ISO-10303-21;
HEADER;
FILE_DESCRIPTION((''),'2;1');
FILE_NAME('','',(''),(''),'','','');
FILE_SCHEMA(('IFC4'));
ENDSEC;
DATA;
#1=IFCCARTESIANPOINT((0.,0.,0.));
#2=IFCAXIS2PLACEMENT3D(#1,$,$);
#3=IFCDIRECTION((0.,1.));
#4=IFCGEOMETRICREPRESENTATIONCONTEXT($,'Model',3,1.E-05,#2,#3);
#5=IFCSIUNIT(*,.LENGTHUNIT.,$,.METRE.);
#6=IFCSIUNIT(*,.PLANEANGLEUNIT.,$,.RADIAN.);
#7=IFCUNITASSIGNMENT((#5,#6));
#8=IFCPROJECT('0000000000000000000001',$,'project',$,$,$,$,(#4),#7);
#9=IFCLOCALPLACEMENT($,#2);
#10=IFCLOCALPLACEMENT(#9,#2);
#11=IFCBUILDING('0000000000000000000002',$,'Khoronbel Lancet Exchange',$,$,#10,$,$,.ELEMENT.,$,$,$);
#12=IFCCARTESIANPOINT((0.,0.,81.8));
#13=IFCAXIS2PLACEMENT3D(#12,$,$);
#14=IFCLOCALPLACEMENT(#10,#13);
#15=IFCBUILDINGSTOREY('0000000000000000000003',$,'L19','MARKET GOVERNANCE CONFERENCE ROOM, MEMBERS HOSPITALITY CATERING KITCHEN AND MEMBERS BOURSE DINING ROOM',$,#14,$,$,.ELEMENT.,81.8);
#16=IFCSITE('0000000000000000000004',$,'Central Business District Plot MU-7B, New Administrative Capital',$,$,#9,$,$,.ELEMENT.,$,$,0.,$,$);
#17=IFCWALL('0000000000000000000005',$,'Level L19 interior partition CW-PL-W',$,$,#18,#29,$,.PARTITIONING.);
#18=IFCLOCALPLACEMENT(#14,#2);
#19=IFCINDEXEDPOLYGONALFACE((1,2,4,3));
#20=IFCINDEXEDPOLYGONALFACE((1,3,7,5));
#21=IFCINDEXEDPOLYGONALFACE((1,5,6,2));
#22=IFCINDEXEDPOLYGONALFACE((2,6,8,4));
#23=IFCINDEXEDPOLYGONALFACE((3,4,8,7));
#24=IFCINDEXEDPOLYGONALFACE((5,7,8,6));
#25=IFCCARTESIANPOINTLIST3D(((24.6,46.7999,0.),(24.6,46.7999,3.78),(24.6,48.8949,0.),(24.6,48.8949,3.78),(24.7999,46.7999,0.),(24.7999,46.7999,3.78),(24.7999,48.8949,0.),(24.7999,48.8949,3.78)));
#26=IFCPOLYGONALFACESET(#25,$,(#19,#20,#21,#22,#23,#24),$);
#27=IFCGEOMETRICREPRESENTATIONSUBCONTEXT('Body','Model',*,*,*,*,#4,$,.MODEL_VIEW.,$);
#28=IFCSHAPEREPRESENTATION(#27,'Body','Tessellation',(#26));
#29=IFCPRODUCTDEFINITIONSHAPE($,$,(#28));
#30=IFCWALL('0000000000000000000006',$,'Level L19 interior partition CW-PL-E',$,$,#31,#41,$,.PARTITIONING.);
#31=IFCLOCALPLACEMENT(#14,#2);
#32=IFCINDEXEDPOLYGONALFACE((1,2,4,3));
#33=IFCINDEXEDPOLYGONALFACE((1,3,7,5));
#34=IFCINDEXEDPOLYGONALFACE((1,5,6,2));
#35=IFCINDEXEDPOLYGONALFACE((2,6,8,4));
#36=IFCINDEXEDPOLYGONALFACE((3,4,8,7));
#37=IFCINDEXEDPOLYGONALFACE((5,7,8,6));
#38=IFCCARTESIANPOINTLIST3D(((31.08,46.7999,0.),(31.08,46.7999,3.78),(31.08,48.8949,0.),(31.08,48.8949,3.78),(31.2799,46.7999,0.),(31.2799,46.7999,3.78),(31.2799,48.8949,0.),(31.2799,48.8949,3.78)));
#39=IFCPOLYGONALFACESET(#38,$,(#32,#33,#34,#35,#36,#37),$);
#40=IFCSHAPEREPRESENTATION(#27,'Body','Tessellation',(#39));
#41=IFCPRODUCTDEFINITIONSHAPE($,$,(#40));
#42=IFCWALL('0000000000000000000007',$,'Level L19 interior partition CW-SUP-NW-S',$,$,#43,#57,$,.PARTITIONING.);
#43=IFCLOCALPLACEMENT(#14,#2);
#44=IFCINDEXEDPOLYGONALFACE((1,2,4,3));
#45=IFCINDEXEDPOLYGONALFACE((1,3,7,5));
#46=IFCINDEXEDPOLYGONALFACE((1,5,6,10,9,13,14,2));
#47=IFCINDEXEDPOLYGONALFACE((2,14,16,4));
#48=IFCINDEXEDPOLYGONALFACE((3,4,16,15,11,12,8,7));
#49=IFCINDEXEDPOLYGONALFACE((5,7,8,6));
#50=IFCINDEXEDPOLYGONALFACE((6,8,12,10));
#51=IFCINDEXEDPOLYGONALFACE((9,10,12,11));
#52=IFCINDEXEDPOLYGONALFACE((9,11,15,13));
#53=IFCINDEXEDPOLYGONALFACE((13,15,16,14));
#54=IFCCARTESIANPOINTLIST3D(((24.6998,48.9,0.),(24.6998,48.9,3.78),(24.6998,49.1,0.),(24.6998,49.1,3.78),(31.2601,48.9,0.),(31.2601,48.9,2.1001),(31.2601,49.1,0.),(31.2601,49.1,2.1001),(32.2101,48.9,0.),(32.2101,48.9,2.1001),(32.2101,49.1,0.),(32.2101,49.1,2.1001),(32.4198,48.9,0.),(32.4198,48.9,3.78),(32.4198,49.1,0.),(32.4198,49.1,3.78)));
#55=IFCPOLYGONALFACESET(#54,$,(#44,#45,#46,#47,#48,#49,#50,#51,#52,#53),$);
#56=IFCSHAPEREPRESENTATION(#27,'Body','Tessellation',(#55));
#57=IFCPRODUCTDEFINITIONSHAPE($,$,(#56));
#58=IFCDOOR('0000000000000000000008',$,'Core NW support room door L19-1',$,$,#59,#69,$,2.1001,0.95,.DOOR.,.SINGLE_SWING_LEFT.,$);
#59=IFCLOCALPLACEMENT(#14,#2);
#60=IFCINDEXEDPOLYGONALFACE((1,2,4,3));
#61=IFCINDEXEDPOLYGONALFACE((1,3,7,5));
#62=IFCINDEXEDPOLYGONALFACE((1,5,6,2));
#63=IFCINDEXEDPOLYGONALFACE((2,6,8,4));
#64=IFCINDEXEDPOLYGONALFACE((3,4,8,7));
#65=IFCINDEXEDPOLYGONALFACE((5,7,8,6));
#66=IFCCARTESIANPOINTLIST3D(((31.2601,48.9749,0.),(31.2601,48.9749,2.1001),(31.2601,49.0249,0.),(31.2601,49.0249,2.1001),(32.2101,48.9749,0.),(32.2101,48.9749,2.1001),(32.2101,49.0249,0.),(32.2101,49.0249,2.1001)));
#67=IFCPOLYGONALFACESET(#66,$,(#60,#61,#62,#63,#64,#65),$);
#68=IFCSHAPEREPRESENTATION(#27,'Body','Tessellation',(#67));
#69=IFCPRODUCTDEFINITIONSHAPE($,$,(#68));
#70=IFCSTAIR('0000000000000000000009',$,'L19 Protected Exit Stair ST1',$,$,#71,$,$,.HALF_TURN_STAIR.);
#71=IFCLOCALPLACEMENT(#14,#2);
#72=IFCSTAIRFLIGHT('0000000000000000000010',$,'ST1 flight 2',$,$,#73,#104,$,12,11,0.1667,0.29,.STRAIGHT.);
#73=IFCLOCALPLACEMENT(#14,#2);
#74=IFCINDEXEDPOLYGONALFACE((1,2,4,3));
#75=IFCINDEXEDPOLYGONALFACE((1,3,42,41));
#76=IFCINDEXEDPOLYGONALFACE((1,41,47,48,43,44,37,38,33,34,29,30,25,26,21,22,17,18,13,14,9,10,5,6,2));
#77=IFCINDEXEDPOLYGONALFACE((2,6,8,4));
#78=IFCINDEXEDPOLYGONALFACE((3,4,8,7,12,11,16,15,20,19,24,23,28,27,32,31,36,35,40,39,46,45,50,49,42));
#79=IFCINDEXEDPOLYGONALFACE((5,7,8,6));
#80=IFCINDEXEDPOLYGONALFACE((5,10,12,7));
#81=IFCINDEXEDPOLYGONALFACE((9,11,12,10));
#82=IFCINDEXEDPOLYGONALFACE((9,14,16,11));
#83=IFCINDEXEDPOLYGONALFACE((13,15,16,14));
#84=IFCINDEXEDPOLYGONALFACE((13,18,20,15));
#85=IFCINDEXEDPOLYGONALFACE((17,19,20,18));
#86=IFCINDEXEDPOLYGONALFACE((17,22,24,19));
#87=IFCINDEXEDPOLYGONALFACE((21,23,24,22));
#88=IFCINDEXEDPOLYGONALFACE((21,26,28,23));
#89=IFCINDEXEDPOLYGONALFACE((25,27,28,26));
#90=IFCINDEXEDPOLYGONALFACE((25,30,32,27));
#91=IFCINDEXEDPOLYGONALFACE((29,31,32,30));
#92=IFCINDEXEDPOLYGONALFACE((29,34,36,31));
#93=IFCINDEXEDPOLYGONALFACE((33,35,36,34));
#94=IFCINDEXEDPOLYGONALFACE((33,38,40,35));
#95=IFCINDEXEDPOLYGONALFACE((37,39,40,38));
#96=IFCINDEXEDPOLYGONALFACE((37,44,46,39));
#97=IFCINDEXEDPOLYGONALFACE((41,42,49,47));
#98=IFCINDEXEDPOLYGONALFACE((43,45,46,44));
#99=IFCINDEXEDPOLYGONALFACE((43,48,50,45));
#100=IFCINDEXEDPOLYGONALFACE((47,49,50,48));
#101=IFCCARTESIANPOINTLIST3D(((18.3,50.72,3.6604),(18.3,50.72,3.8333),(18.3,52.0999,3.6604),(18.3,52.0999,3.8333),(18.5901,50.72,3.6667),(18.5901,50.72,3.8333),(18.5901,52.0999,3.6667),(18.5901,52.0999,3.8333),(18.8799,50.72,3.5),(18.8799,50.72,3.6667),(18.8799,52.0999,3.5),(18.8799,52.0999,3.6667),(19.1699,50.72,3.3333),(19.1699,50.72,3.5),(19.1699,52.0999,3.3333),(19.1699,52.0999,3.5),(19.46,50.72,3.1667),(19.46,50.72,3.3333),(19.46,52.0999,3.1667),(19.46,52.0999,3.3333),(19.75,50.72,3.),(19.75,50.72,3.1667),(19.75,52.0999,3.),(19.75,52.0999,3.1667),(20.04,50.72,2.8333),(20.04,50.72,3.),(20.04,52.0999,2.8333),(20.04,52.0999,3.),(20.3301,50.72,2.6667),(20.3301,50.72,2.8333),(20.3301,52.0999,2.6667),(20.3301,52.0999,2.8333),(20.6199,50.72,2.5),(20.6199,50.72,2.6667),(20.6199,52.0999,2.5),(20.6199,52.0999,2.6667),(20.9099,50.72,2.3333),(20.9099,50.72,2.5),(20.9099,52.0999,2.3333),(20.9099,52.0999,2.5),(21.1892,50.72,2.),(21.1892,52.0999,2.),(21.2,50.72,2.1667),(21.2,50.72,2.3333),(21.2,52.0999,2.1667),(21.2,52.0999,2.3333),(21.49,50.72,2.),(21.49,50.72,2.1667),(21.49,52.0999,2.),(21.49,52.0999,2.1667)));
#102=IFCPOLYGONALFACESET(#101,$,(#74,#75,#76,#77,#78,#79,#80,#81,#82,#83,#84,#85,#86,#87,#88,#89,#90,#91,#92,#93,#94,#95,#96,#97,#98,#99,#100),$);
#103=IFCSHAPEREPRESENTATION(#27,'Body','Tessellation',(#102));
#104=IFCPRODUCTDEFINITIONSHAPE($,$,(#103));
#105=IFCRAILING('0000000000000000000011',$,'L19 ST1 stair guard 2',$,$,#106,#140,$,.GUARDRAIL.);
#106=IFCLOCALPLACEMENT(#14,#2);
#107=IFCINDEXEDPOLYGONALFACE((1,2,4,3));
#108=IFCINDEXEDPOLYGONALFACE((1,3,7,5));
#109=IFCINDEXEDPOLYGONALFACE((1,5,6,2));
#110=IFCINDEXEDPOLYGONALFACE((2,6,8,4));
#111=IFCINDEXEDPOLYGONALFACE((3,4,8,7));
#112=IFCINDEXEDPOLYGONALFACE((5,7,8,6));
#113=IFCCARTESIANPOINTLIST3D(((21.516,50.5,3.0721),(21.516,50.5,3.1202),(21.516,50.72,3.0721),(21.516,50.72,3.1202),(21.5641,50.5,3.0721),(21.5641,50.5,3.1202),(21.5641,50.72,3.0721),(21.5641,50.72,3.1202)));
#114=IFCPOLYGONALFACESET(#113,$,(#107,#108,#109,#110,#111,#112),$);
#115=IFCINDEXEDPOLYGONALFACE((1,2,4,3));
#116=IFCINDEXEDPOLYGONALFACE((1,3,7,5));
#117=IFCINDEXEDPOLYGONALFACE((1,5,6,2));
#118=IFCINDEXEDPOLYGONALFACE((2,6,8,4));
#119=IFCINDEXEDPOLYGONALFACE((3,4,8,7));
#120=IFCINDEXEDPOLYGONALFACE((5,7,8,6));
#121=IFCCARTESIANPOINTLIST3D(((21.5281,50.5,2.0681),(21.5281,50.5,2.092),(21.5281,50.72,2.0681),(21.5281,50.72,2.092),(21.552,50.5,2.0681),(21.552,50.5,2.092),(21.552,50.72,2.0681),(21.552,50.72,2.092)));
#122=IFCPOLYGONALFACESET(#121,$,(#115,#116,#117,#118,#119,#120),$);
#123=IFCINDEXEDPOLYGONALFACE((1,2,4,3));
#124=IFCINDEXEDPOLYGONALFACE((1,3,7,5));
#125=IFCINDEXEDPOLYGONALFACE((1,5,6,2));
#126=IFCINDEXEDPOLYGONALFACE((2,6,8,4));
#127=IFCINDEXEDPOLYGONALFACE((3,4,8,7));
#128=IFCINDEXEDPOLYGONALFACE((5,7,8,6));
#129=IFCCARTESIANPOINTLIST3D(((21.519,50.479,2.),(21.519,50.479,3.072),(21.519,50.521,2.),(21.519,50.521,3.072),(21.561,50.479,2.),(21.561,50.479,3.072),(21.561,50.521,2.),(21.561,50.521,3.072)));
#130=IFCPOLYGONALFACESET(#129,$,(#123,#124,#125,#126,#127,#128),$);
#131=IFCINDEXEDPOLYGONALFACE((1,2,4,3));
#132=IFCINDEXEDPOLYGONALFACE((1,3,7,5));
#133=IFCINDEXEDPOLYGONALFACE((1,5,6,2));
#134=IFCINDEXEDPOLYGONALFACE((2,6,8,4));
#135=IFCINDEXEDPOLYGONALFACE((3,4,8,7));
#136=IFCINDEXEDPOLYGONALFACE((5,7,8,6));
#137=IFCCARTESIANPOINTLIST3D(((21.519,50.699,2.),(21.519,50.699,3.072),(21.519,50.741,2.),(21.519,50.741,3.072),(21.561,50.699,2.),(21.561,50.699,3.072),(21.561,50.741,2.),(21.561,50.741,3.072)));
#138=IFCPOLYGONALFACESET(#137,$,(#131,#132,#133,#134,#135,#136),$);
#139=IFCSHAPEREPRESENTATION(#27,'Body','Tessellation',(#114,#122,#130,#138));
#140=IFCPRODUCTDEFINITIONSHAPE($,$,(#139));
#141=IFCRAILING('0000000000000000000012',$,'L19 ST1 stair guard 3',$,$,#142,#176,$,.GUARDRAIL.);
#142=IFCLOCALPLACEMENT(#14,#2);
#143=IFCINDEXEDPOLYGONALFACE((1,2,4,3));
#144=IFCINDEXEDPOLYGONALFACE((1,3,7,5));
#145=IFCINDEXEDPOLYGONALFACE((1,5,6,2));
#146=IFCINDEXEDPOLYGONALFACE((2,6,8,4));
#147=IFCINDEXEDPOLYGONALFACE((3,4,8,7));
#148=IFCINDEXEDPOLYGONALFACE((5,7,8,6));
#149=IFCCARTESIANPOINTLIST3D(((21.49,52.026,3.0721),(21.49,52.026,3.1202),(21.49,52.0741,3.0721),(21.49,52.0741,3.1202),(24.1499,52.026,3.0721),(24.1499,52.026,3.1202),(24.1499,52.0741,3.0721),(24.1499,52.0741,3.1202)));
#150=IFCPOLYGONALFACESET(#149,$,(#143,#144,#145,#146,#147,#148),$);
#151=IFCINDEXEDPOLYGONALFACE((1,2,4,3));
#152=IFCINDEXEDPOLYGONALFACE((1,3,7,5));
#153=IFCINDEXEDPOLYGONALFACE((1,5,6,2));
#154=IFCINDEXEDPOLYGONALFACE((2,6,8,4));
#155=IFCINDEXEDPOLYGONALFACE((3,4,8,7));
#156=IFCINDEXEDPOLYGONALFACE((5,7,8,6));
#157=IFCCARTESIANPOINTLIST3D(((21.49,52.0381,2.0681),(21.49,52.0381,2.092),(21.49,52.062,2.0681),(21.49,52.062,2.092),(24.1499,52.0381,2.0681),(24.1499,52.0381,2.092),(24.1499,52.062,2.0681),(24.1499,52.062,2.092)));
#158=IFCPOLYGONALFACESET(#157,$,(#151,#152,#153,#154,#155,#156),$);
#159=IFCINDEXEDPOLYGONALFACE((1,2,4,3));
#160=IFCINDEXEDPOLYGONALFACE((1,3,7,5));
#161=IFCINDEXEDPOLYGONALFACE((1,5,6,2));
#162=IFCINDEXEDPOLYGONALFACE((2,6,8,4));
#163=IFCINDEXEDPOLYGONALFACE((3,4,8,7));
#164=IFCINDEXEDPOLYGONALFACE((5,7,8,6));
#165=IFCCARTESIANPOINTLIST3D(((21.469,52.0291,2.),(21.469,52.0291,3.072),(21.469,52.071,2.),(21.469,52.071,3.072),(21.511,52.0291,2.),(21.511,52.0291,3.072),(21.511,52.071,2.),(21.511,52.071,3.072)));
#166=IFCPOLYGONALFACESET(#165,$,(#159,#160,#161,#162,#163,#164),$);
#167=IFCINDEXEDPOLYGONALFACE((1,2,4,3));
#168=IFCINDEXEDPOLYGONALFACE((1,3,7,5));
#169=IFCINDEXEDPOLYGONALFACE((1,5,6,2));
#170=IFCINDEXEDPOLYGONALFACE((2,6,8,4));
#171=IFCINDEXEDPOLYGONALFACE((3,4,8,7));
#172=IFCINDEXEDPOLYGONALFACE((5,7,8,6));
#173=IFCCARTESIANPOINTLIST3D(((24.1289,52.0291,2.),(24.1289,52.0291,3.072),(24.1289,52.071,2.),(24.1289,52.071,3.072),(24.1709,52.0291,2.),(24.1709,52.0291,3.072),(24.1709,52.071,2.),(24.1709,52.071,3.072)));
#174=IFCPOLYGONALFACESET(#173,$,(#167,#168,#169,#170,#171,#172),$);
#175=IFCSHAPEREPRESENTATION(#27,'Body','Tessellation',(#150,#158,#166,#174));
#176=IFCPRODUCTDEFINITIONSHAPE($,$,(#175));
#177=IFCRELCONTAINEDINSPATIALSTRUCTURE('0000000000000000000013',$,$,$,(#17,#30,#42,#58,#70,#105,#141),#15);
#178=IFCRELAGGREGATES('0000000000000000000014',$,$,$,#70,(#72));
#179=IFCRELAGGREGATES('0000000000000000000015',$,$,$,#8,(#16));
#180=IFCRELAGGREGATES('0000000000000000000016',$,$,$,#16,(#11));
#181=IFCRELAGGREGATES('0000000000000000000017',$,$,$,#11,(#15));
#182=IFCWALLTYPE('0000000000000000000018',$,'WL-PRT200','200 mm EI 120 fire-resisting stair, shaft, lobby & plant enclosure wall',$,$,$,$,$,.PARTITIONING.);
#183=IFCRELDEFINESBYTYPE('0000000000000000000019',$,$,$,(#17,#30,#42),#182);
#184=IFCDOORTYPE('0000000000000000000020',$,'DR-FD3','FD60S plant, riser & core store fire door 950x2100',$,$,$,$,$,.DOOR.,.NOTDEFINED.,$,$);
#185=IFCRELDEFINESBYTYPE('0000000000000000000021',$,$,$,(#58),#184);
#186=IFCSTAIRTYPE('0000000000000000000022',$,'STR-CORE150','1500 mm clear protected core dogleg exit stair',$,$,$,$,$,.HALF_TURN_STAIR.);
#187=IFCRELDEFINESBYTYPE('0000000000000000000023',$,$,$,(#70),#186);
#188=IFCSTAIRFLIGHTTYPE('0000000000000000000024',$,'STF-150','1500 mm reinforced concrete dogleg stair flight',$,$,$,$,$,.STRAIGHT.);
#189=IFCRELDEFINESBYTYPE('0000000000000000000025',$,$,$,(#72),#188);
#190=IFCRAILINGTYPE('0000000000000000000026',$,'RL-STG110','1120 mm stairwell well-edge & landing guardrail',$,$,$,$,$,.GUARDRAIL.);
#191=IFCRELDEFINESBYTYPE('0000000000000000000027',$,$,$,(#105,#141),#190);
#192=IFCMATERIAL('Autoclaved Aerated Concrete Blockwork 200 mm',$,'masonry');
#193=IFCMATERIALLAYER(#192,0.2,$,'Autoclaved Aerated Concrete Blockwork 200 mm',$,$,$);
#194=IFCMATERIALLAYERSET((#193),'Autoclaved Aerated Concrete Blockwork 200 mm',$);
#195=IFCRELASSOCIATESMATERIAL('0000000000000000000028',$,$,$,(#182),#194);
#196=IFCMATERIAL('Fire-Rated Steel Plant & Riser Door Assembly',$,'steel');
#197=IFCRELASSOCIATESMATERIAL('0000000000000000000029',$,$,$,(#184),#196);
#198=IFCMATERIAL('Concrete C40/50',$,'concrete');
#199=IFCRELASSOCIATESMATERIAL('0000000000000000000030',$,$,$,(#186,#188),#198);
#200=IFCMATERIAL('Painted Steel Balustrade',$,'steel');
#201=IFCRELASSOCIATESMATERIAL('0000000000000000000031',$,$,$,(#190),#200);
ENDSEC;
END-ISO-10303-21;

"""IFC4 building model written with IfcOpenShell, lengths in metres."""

from ifc_helpers import new_model, si_unit, direction, frame, frame_2d, origin, origin_2d, place, context, subcontext, project, spatial, polyline, rectangle, outline, extrude, material, layer, layer_set, type_object, element, fill, aggregate, save


model = new_model("IFC4")

# Units and contexts
model_context = context("Model", 3, precision=1e-05, world=origin(), true_north=direction((0.0, 1.0)))
body_context = subcontext(model_context, "Body", "Model", "MODEL_VIEW")
ifc_project = project(units=[si_unit("LENGTHUNIT", "METRE"), si_unit("PLANEANGLEUNIT", "RADIAN")], contexts=[model_context])

# Site, building, storey
site_placement = place(None, origin())
site = spatial("IfcSite", under=ifc_project, at=site_placement, Name="Central Business District Plot MU-7B, New Administrative Capital", CompositionType="ELEMENT", RefElevation=0.0)
building_placement = place(site_placement, origin())
building = spatial("IfcBuilding", under=site, at=building_placement, Name="Khoronbel Lancet Exchange", CompositionType="ELEMENT")
storey_placement = place(building_placement, frame((0.0, 0.0, 81.8)))
storey = spatial("IfcBuildingStorey", under=building, at=storey_placement, Name="L19", Description="MARKET GOVERNANCE CONFERENCE ROOM, MEMBERS HOSPITALITY CATERING KITCHEN AND MEMBERS BOURSE DINING ROOM", CompositionType="ELEMENT", Elevation=81.8)

# Shared definitions
ifc_material_1 = material(Name="Autoclaved Aerated Concrete Blockwork 200 mm", Category="masonry")
ifc_layer_1 = layer(ifc_material_1, 0.2, Name="Autoclaved Aerated Concrete Blockwork 200 mm")
ifc_layer_set_1 = layer_set([ifc_layer_1], Name="Autoclaved Aerated Concrete Blockwork 200 mm")
wall_type_1 = type_object("IfcWallType", Name="WL-PRT200", Description="200 mm EI 120 fire-resisting stair, shaft, lobby & plant enclosure wall", PredefinedType="PARTITIONING", material=ifc_layer_set_1)

# Walls
for number, where, z_axis, x_axis, name in (
    (1, (24.7, 46.8, 0.0), (0.0, 0.0, 1.0), (0.0, 1.0, 0.0), "Level L19 interior partition CW-PL-W"),
    (2, (31.1799, 46.8, 0.0), (0.0, 0.0, 1.0), (0.0, 1.0, 0.0), "Level L19 interior partition CW-PL-E"),
):
    element("IfcWall", number, at=place(storey_placement, frame(where, z_axis=z_axis, x_axis=x_axis)), inside=storey, type_object=wall_type_1, Name=name, PredefinedType="PARTITIONING", context=body_context, shape_type="SweptSolid", body=[
        extrude(rectangle(XDim=2.095, YDim=0.2, at=frame_2d((1.0474, 0.0))), origin(), (0.0, 0.0, 1.0), 3.78),
    ])

# Wall, opening, door
wall_1_placement = place(storey_placement, frame((24.7, 49.0, 0.0), z_axis=(0.0, 0.0, 1.0), x_axis=(1.0, 0.0, 0.0)))
wall_1 = element("IfcWall", 3, at=wall_1_placement, inside=storey, type_object=wall_type_1, Name="Level L19 interior partition CW-SUP-NW-S", PredefinedType="PARTITIONING", context=body_context, shape_type="SweptSolid", body=[
    extrude(rectangle(XDim=7.72, YDim=0.2, at=frame_2d((3.8599, 0.0))), origin(), (0.0, 0.0, 1.0), 3.78),
])
opening_1_placement = place(wall_1_placement, frame((6.5601, 0.0, 0.0)))
opening_1 = element("IfcOpeningElement", 4, at=opening_1_placement, cuts=wall_1, PredefinedType="OPENING", context=body_context, shape_type="SweptSolid", body=[
    extrude(rectangle(XDim=0.95, YDim=2.1001, at=frame_2d((0.4751, 1.05))), frame((0.0, 0.1099, 0.0), z_axis=(0.0, -1.0, 0.0), x_axis=(1.0, 0.0, 0.0)), (0.0, 0.0, 1.0), 0.22),
])
ifc_material_2 = material(Name="Fire-Rated Steel Plant & Riser Door Assembly", Category="steel")
door_type_1 = type_object("IfcDoorType", Name="DR-FD3", Description="FD60S plant, riser & core store fire door 950x2100", OperationType="NOTDEFINED", PredefinedType="DOOR", material=ifc_material_2)
door_1_placement = place(opening_1_placement, origin())
door_1 = element("IfcDoor", 5, at=door_1_placement, inside=storey, type_object=door_type_1, Name="Core NW support room door L19-1", OperationType="SINGLE_SWING_LEFT", OverallHeight=2.1001, OverallWidth=0.95, PredefinedType="DOOR", context=body_context, shape_type="SweptSolid", body=[
    extrude(rectangle(XDim=0.95, YDim=2.1001, at=frame_2d((0.4751, 1.05))), frame((0.0, 0.0249, 0.0), z_axis=(0.0, -1.0, 0.0), x_axis=(1.0, 0.0, 0.0)), (0.0, 0.0, 1.0), 0.05),
])
fill(opening_1, door_1)

# Stair, stair flight
ifc_material_3 = material(Name="Concrete C40/50", Category="concrete")
stair_type = type_object("IfcStairType", Name="STR-CORE150", Description="1500 mm clear protected core dogleg exit stair", PredefinedType="HALF_TURN_STAIR", material=ifc_material_3)
stair_placement = place(storey_placement, origin())
stair = element("IfcStair", 6, at=stair_placement, inside=storey, type_object=stair_type, Name="L19 Protected Exit Stair ST1", PredefinedType="HALF_TURN_STAIR")
stair_flight_type = type_object("IfcStairFlightType", Name="STF-150", Description="1500 mm reinforced concrete dogleg stair flight", PredefinedType="STRAIGHT", material=ifc_material_3)
stair_flight_placement = place(storey_placement, frame((21.49, 51.4099, 2.0), z_axis=(0.0, 0.0, 1.0), x_axis=(-1.0, 0.0, 0.0)))
stair_flight = element("IfcStairFlight", 7, at=stair_flight_placement, type_object=stair_flight_type, Name="ST1 flight 2", NumberOfRisers=12, NumberOfTreads=11, PredefinedType="STRAIGHT", RiserHeight=0.1667, TreadLength=0.29, context=body_context, shape_type="SweptSolid", body=[
    extrude(outline(polyline([(0.0, 0.0), (0.0, 0.1667), (0.29, 0.1667), (0.29, 0.3333), (0.5801, 0.3333), (0.5801, 0.5), (0.8701, 0.5), (0.8701, 0.6667), (1.1599, 0.6667), (1.1599, 0.8333), (1.45, 0.8333), (1.45, 1.0), (1.74, 1.0), (1.74, 1.1667), (2.03, 1.1667), (2.03, 1.3333), (2.3201, 1.3333), (2.3201, 1.5), (2.6101, 1.5), (2.6101, 1.6667), (2.8999, 1.6667), (2.8999, 1.8333), (3.1899, 1.8333), (3.1899, 2.0), (3.1899, 1.6604), (0.3008, 0.0), (0.0, 0.0)])), frame((0.0, 0.6899, 0.0), z_axis=(0.0, -1.0, 0.0), x_axis=(1.0, 0.0, 0.0)), (0.0, 0.0, 1.0), 1.3799),
])
aggregate(stair, [stair_flight])

# Railings
ifc_material_4 = material(Name="Painted Steel Balustrade", Category="steel")
railing_type_1 = type_object("IfcRailingType", Name="RL-STG110", Description="1120 mm stairwell well-edge & landing guardrail", PredefinedType="GUARDRAIL", material=ifc_material_4)
railing_1_placement = place(storey_placement, frame((21.54, 50.5, 2.0)))
element("IfcRailing", 8, at=railing_1_placement, inside=storey, type_object=railing_type_1, Name="L19 ST1 stair guard 2", PredefinedType="GUARDRAIL", context=body_context, shape_type="SweptSolid", body=[
    extrude(rectangle(XDim=0.0481, YDim=0.0481, at=origin_2d()), frame((0.0, 0.0, 1.0962), z_axis=(0.0, 1.0, 0.0), x_axis=(-1.0, 0.0, 0.0)), (0.0, 0.0, 1.0), 0.22),
    extrude(rectangle(XDim=0.0239, YDim=0.0239, at=origin_2d()), frame((0.0, 0.0, 0.0801), z_axis=(0.0, 1.0, 0.0), x_axis=(-1.0, 0.0, 0.0)), (0.0, 0.0, 1.0), 0.22),
    extrude(rectangle(XDim=0.042, YDim=0.042, at=origin_2d()), origin(), (0.0, 0.0, 1.0), 1.072),
    extrude(rectangle(XDim=0.042, YDim=0.042, at=origin_2d()), frame((0.0, 0.22, 0.0)), (0.0, 0.0, 1.0), 1.072),
])
railing_2_placement = place(storey_placement, frame((21.49, 52.05, 2.0)))
element("IfcRailing", 9, at=railing_2_placement, inside=storey, type_object=railing_type_1, Name="L19 ST1 stair guard 3", PredefinedType="GUARDRAIL", context=body_context, shape_type="SweptSolid", body=[
    extrude(rectangle(XDim=0.0481, YDim=0.0481, at=origin_2d()), frame((0.0, 0.0, 1.0962), z_axis=(1.0, 0.0, 0.0), x_axis=(0.0, 1.0, 0.0)), (0.0, 0.0, 1.0), 2.6599),
    extrude(rectangle(XDim=0.0239, YDim=0.0239, at=origin_2d()), frame((0.0, 0.0, 0.0801), z_axis=(1.0, 0.0, 0.0), x_axis=(0.0, 1.0, 0.0)), (0.0, 0.0, 1.0), 2.6599),
    extrude(rectangle(XDim=0.042, YDim=0.042, at=origin_2d()), origin(), (0.0, 0.0, 1.0), 1.072),
    extrude(rectangle(XDim=0.042, YDim=0.042, at=origin_2d()), frame((2.6599, 0.0, 0.0)), (0.0, 0.0, 1.0), 1.072),
])

save(model, "model.ifc")
